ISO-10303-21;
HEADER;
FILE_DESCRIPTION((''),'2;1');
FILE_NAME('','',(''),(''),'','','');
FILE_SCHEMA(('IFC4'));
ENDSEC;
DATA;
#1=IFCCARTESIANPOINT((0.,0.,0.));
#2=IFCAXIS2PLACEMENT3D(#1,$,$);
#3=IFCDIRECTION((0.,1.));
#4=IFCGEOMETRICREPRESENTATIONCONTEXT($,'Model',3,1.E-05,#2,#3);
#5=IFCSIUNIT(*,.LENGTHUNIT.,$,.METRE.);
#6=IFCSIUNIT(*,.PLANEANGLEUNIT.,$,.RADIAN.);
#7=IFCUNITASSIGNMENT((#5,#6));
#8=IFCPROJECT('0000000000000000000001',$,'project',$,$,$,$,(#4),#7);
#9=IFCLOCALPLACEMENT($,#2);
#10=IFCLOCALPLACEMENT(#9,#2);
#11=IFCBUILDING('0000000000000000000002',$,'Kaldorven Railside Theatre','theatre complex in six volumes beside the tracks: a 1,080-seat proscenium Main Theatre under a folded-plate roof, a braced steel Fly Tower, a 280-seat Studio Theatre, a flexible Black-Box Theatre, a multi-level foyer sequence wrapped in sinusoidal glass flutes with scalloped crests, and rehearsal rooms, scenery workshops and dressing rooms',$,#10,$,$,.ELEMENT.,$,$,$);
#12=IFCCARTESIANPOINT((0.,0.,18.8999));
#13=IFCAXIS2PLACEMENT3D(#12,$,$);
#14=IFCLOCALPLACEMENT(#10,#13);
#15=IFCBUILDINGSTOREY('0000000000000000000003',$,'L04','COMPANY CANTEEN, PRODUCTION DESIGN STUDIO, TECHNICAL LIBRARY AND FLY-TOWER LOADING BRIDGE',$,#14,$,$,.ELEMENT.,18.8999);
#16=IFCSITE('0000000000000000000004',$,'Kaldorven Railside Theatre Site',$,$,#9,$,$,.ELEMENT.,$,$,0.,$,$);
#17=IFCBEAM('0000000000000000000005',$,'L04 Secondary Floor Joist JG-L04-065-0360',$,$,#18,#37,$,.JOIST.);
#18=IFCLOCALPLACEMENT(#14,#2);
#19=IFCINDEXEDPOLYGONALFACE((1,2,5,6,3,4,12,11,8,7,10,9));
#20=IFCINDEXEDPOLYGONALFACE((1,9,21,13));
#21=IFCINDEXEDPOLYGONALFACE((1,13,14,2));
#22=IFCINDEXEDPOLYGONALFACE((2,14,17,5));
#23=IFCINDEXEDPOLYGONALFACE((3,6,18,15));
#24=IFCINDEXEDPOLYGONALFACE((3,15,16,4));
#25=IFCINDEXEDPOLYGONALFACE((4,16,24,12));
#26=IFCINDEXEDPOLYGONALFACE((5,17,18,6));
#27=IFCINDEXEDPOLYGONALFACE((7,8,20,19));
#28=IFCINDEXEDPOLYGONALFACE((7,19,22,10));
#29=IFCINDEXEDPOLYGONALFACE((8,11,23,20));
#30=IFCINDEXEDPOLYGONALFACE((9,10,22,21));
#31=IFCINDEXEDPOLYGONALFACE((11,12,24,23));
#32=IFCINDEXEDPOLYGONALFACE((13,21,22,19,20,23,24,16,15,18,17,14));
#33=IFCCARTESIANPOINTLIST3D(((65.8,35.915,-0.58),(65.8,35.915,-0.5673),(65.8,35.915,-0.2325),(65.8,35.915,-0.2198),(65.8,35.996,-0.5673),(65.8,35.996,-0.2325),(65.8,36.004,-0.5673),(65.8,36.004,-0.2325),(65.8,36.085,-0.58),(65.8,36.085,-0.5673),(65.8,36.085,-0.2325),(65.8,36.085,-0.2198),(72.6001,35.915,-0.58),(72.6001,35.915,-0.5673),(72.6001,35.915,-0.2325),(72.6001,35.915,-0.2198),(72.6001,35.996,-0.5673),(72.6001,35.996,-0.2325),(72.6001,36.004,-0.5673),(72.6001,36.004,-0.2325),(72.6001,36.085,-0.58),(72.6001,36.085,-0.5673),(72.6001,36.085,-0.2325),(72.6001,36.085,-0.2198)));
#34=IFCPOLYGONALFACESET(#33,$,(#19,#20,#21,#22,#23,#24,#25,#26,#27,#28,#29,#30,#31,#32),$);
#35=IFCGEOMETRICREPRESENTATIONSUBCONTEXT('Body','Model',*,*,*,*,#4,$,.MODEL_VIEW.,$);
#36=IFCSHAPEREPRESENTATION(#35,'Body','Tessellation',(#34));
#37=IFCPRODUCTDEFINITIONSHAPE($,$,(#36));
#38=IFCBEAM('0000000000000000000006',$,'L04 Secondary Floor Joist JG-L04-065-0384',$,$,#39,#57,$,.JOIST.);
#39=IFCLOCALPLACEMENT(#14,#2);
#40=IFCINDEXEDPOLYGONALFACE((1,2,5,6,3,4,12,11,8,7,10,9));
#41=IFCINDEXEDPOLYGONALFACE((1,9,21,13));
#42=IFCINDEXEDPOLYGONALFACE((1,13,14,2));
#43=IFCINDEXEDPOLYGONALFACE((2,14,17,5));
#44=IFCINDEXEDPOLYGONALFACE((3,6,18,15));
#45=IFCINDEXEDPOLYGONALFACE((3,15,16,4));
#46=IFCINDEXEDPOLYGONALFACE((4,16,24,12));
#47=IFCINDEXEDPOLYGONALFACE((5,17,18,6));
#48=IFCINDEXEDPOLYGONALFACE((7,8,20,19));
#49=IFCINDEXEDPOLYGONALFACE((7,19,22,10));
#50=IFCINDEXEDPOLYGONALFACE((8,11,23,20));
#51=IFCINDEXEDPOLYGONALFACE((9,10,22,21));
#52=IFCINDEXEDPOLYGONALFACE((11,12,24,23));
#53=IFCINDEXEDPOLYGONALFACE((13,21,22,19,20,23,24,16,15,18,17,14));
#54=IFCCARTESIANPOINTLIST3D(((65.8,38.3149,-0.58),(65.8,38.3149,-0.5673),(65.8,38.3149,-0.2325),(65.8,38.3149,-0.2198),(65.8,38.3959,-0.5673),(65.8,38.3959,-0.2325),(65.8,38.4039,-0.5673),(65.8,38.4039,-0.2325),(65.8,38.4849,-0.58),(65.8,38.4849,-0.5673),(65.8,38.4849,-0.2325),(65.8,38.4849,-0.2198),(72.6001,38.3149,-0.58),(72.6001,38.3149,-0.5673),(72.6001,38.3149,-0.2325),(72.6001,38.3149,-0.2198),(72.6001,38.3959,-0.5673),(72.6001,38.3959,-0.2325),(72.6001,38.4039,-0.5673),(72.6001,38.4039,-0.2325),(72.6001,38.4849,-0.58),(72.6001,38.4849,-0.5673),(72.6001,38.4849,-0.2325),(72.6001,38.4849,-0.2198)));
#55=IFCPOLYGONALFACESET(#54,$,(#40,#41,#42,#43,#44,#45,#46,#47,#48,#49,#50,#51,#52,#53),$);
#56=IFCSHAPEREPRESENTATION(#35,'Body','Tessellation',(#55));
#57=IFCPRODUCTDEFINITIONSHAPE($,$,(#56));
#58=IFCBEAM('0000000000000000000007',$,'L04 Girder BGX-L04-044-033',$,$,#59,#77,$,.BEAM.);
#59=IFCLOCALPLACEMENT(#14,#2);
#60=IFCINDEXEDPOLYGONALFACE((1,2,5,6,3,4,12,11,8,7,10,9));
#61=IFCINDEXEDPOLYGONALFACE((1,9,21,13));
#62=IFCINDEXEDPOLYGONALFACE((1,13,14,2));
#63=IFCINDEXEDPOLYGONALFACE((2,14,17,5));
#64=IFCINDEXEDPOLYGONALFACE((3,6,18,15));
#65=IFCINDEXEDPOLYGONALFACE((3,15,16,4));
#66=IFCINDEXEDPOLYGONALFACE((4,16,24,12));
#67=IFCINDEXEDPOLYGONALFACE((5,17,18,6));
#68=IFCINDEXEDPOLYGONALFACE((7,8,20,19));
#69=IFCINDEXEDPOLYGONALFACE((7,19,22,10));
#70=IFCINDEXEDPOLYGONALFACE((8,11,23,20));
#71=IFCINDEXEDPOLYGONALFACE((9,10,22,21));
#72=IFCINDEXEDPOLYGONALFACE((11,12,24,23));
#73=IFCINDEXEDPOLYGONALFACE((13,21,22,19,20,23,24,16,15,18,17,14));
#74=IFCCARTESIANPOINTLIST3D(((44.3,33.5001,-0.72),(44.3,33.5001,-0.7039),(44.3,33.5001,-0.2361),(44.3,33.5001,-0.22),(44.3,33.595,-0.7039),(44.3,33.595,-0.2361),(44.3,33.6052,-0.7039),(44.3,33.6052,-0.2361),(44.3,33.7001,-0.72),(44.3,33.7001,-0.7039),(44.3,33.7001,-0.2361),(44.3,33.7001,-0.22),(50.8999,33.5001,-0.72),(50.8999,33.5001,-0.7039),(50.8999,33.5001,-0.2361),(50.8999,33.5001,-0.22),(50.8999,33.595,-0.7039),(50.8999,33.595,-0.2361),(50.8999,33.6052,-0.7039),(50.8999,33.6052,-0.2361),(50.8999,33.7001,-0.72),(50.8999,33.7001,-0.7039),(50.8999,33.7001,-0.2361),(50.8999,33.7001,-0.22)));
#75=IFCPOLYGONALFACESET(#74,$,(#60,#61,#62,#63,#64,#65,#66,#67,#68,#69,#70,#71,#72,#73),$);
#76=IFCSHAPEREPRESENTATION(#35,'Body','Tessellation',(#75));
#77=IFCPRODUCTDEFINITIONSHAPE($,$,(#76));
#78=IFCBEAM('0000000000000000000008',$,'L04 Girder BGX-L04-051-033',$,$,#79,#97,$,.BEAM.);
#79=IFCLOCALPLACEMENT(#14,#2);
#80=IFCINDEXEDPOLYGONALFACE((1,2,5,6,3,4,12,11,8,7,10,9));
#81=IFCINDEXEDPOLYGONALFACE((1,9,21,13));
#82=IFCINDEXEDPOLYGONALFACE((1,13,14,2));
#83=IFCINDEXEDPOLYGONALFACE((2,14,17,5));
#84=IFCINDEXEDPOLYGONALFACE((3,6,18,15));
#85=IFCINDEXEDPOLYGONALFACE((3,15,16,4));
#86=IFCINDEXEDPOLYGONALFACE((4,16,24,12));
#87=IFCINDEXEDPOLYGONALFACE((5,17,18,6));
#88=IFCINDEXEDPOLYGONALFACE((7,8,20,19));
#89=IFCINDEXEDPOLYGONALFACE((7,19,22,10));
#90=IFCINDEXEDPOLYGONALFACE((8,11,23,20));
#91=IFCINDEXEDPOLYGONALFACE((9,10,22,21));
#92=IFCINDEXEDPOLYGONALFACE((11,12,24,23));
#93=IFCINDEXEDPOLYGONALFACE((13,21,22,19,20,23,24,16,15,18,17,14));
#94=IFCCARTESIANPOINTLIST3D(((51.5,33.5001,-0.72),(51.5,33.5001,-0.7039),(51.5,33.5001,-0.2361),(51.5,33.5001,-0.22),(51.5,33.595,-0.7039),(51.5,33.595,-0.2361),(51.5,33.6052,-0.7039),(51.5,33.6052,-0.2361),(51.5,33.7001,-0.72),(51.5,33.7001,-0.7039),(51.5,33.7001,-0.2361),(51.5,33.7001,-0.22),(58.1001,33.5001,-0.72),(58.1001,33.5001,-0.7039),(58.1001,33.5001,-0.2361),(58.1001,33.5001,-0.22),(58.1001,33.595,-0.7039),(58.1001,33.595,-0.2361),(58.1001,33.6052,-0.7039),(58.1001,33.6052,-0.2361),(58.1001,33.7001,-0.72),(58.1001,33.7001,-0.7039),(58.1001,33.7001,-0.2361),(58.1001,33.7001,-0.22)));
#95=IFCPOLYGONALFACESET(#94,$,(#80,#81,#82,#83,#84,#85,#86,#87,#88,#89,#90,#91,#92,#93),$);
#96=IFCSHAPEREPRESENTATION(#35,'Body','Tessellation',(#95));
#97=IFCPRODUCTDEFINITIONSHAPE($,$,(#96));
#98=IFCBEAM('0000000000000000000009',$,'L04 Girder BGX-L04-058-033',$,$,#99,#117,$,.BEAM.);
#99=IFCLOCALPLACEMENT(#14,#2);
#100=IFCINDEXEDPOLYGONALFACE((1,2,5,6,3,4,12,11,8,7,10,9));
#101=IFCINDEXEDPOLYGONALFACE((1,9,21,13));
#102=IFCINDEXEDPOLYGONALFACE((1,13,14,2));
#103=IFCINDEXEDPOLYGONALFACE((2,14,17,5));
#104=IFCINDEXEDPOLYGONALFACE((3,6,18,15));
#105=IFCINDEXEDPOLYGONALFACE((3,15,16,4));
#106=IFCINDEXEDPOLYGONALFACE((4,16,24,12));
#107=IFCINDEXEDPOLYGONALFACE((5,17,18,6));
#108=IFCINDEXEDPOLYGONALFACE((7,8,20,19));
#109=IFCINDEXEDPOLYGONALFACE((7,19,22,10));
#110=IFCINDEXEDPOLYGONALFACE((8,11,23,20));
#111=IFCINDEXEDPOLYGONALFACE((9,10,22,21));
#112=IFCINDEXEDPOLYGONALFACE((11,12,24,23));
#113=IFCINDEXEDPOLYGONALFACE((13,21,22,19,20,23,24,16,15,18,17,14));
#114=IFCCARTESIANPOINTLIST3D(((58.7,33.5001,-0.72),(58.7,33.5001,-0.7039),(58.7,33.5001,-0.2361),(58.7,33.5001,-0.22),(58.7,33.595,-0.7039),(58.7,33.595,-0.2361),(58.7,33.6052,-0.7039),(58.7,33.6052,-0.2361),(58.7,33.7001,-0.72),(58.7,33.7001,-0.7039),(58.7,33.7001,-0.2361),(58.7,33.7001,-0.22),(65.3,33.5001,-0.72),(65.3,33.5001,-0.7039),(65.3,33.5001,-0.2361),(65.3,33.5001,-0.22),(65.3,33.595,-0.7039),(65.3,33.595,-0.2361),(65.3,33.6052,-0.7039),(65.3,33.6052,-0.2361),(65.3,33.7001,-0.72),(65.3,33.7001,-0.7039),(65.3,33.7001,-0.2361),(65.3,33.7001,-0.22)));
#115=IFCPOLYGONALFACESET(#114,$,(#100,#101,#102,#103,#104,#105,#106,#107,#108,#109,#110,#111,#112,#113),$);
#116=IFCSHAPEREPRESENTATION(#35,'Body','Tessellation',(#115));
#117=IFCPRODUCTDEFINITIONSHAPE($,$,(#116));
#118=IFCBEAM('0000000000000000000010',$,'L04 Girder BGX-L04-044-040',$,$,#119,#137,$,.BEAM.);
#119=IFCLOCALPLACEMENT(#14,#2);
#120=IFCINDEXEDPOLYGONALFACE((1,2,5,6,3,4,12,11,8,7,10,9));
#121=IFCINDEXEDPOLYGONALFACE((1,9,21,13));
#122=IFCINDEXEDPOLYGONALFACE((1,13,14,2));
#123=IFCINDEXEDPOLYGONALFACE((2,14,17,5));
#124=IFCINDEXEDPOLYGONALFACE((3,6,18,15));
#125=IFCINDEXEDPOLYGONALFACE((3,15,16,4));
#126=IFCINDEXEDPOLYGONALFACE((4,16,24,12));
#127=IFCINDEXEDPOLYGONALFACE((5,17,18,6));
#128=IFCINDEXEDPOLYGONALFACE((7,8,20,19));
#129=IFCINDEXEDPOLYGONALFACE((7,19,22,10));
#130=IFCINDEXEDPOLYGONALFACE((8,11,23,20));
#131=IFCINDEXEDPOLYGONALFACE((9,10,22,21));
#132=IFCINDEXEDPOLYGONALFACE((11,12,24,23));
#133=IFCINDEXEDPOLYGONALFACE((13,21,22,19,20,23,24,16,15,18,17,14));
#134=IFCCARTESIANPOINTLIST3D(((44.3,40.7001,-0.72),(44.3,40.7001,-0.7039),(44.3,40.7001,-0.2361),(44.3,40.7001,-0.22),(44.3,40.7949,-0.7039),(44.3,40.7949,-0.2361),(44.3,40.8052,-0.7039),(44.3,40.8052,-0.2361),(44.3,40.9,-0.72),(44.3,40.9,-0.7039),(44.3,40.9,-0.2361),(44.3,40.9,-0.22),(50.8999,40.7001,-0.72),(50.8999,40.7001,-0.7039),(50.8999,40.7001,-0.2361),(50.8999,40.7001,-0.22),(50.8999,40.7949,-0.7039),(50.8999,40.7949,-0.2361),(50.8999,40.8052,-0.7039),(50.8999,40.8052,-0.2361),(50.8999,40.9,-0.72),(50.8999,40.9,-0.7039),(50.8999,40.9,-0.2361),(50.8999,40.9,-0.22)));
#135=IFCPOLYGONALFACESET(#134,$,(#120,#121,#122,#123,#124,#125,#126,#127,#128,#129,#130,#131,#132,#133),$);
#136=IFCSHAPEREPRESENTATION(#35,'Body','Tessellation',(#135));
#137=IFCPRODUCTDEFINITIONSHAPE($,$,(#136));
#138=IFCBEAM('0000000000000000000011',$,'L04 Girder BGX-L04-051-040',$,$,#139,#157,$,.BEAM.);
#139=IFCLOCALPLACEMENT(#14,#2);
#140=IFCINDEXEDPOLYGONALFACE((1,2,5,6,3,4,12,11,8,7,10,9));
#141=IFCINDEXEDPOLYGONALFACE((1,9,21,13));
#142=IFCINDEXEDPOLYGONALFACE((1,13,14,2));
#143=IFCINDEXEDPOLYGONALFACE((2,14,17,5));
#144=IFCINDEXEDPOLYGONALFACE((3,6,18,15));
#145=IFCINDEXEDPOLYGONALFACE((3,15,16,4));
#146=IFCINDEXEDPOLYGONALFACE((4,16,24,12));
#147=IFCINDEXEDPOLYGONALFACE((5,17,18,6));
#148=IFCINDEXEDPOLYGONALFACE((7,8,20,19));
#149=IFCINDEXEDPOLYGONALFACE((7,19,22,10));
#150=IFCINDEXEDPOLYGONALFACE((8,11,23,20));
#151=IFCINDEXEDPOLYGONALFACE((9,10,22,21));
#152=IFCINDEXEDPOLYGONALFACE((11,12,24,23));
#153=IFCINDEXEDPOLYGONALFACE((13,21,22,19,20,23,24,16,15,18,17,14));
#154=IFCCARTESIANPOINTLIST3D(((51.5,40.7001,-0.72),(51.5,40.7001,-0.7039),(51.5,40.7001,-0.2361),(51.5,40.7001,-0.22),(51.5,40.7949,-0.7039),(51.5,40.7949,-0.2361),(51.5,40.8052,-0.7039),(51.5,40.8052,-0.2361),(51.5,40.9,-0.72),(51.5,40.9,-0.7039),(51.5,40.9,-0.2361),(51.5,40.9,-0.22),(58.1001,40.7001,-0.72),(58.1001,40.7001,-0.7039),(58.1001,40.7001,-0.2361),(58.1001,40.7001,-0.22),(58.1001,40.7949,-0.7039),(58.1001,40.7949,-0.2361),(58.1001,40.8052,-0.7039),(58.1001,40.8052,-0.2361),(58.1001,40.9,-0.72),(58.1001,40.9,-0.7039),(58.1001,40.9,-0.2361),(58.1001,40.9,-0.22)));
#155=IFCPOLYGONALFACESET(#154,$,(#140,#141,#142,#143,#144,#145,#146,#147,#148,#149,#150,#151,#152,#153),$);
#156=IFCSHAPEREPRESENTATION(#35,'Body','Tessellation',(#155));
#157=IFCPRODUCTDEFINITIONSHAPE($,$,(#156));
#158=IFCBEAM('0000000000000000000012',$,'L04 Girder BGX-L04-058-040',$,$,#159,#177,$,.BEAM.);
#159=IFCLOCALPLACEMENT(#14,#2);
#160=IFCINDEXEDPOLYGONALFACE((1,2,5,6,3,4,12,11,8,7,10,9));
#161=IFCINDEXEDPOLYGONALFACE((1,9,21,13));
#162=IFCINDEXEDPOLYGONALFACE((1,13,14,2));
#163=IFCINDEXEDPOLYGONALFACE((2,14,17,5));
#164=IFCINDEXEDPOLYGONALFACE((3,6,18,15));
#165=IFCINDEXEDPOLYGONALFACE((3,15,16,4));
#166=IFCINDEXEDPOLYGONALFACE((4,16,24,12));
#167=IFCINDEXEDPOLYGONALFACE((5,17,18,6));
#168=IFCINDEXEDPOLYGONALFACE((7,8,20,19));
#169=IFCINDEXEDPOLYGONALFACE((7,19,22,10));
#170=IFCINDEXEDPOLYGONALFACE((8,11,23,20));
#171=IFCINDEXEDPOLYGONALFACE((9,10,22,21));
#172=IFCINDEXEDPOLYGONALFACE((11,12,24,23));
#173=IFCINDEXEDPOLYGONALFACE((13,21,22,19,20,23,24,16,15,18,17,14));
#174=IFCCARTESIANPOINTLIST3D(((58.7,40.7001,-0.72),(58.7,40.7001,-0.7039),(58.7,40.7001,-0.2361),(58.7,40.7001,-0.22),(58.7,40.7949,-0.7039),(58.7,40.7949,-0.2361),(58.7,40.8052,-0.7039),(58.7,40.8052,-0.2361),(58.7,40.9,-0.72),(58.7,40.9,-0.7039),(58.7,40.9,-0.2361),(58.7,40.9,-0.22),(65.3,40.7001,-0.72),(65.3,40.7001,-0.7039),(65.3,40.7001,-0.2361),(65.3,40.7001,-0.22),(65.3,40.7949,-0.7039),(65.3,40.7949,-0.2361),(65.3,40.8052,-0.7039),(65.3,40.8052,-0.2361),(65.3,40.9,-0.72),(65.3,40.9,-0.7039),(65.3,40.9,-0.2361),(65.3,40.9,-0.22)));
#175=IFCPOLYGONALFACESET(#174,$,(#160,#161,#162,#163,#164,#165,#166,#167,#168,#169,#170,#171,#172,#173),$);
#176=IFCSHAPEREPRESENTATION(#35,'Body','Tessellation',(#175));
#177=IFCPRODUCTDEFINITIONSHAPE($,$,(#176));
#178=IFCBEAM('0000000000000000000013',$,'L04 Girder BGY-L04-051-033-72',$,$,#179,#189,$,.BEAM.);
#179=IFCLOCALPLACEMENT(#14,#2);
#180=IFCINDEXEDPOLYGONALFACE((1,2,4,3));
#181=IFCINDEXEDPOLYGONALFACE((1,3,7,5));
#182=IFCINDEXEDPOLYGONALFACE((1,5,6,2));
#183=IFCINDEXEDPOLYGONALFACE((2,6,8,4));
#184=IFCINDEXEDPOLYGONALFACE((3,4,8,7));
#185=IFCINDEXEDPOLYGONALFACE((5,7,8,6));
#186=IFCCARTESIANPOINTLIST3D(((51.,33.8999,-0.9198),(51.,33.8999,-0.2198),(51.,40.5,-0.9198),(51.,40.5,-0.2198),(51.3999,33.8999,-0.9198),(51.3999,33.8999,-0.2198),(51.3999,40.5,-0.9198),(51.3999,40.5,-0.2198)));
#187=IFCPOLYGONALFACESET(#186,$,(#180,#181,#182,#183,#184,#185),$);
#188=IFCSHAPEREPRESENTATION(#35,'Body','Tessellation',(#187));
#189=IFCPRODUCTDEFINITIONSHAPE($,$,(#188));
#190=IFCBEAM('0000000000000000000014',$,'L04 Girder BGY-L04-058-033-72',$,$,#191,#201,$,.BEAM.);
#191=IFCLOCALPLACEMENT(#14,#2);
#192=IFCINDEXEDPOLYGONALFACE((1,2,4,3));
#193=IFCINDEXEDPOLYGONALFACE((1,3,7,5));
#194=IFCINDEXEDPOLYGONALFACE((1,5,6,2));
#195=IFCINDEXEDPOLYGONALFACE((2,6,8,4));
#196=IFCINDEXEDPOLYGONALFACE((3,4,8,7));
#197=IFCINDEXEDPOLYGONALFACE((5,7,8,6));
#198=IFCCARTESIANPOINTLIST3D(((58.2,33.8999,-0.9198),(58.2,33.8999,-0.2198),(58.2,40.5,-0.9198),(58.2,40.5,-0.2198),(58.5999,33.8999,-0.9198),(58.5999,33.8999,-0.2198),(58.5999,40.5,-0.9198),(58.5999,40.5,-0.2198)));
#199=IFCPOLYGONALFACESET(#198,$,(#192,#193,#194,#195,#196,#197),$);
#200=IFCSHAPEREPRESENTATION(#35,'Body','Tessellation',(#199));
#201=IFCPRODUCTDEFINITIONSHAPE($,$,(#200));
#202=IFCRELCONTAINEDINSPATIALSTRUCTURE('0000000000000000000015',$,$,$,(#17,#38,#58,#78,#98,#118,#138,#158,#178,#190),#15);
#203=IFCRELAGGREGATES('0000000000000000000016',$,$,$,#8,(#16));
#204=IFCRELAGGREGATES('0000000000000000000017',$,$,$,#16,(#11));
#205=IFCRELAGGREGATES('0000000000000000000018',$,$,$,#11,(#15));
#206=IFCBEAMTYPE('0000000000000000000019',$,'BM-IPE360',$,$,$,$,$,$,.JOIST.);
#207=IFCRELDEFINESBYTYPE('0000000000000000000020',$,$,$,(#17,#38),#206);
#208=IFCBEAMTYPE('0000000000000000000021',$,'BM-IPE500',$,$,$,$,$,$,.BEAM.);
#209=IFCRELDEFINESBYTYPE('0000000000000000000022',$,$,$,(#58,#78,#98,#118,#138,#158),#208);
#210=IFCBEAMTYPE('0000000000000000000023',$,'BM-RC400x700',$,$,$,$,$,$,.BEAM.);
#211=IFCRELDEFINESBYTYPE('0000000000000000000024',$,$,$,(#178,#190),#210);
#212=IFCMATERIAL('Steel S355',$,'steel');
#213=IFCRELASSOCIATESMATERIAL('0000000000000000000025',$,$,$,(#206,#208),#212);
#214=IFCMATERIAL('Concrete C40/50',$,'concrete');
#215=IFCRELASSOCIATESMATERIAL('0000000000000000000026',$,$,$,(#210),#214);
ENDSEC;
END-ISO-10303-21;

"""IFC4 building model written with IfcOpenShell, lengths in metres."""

from ifc_helpers import new_model, si_unit, direction, frame, origin, origin_2d, place, context, subcontext, project, spatial, rectangle, i_section, extrude, material, material_profile, profile_set, type_object, element, save


model = new_model("IFC4")

# Units and contexts
model_context = context("Model", 3, precision=1e-05, world=origin(), true_north=direction((0.0, 1.0)))
body_context = subcontext(model_context, "Body", "Model", "MODEL_VIEW")
ifc_project = project(units=[si_unit("LENGTHUNIT", "METRE"), si_unit("PLANEANGLEUNIT", "RADIAN")], contexts=[model_context])

# Site, building, storey
site_placement = place(None, origin())
site = spatial("IfcSite", under=ifc_project, at=site_placement, Name="Kaldorven Railside Theatre Site", CompositionType="ELEMENT", RefElevation=0.0)
building_placement = place(site_placement, origin())
building = spatial("IfcBuilding", under=site, at=building_placement, Name="Kaldorven Railside Theatre", Description="theatre complex in six volumes beside the tracks: a 1,080-seat proscenium Main Theatre under a folded-plate roof, a braced steel Fly Tower, a 280-seat Studio Theatre, a flexible Black-Box Theatre, a multi-level foyer sequence wrapped in sinusoidal glass flutes with scalloped crests, and rehearsal rooms, scenery workshops and dressing rooms", CompositionType="ELEMENT")
storey_placement = place(building_placement, frame((0.0, 0.0, 18.8999)))
storey = spatial("IfcBuildingStorey", under=building, at=storey_placement, Name="L04", Description="COMPANY CANTEEN, PRODUCTION DESIGN STUDIO, TECHNICAL LIBRARY AND FLY-TOWER LOADING BRIDGE", CompositionType="ELEMENT", Elevation=18.8999)

# Beams
ifc_material_1 = material(Name="Steel S355", Category="steel")
ifc_material_profile_1 = material_profile(ifc_material_1, i_section(OverallWidth=0.1699, OverallDepth=0.3601, WebThickness=0.0081, FlangeThickness=0.0127, at=origin_2d()), Name="IPE 360")
ifc_profile_set_1 = profile_set([ifc_material_profile_1], Name="Steel S355")
beam_type_1 = type_object("IfcBeamType", Name="BM-IPE360", PredefinedType="JOIST", material=ifc_profile_set_1)
for number, where, z_axis, x_axis, name in (
    (1, (65.8, 36.0, -0.3999), (1.0, 0.0, 0.0), (0.0, 1.0, 0.0), "L04 Secondary Floor Joist JG-L04-065-0360"),
    (2, (65.8, 38.3999, -0.3999), (1.0, 0.0, 0.0), (0.0, 1.0, 0.0), "L04 Secondary Floor Joist JG-L04-065-0384"),
):
    element("IfcBeam", number, at=place(storey_placement, frame(where, z_axis=z_axis, x_axis=x_axis)), inside=storey, type_object=beam_type_1, Name=name, PredefinedType="JOIST", context=body_context, shape_type="SweptSolid", body=[
        extrude(i_section(OverallWidth=0.1699, OverallDepth=0.3601, WebThickness=0.0081, FlangeThickness=0.0127, at=origin_2d()), origin(), (0.0, 0.0, 1.0), 6.8),
    ])
ifc_material_profile_2 = material_profile(ifc_material_1, i_section(OverallWidth=0.2, OverallDepth=0.5, WebThickness=0.0103, FlangeThickness=0.0161, at=origin_2d()), Name="IPE 500")
ifc_profile_set_2 = profile_set([ifc_material_profile_2], Name="Steel S355")
beam_type_2 = type_object("IfcBeamType", Name="BM-IPE500", PredefinedType="BEAM", material=ifc_profile_set_2)
beam_1_placement = place(storey_placement, frame((44.3, 33.6001, -0.47), z_axis=(1.0, 0.0, 0.0), x_axis=(0.0, 1.0, 0.0)))
element("IfcBeam", 3, at=beam_1_placement, inside=storey, type_object=beam_type_2, Name="L04 Girder BGX-L04-044-033", PredefinedType="BEAM", context=body_context, shape_type="SweptSolid", body=[
    extrude(i_section(OverallWidth=0.2, OverallDepth=0.5, WebThickness=0.0103, FlangeThickness=0.0161, at=origin_2d()), origin(), (0.0, 0.0, 1.0), 6.5999),
])
for number, where, z_axis, x_axis, name in (
    (4, (51.5, 33.6001, -0.47), (1.0, 0.0, 0.0), (0.0, 1.0, 0.0), "L04 Girder BGX-L04-051-033"),
    (5, (58.7, 33.6001, -0.47), (1.0, 0.0, 0.0), (0.0, 1.0, 0.0), "L04 Girder BGX-L04-058-033"),
):
    element("IfcBeam", number, at=place(storey_placement, frame(where, z_axis=z_axis, x_axis=x_axis)), inside=storey, type_object=beam_type_2, Name=name, PredefinedType="BEAM", context=body_context, shape_type="SweptSolid", body=[
        extrude(i_section(OverallWidth=0.2, OverallDepth=0.5, WebThickness=0.0103, FlangeThickness=0.0161, at=origin_2d()), origin(), (0.0, 0.0, 1.0), 6.6001),
    ])
beam_2_placement = place(storey_placement, frame((44.3, 40.8, -0.47), z_axis=(1.0, 0.0, 0.0), x_axis=(0.0, 1.0, 0.0)))
element("IfcBeam", 6, at=beam_2_placement, inside=storey, type_object=beam_type_2, Name="L04 Girder BGX-L04-044-040", PredefinedType="BEAM", context=body_context, shape_type="SweptSolid", body=[
    extrude(i_section(OverallWidth=0.2, OverallDepth=0.5, WebThickness=0.0103, FlangeThickness=0.0161, at=origin_2d()), origin(), (0.0, 0.0, 1.0), 6.5999),
])
for number, where, z_axis, x_axis, name in (
    (7, (51.5, 40.8, -0.47), (1.0, 0.0, 0.0), (0.0, 1.0, 0.0), "L04 Girder BGX-L04-051-040"),
    (8, (58.7, 40.8, -0.47), (1.0, 0.0, 0.0), (0.0, 1.0, 0.0), "L04 Girder BGX-L04-058-040"),
):
    element("IfcBeam", number, at=place(storey_placement, frame(where, z_axis=z_axis, x_axis=x_axis)), inside=storey, type_object=beam_type_2, Name=name, PredefinedType="BEAM", context=body_context, shape_type="SweptSolid", body=[
        extrude(i_section(OverallWidth=0.2, OverallDepth=0.5, WebThickness=0.0103, FlangeThickness=0.0161, at=origin_2d()), origin(), (0.0, 0.0, 1.0), 6.6001),
    ])
ifc_material_2 = material(Name="Concrete C40/50", Category="concrete")
ifc_material_profile_3 = material_profile(ifc_material_2, rectangle(XDim=0.3999, YDim=0.7, at=origin_2d()), Name="RC 400x700")
ifc_profile_set_3 = profile_set([ifc_material_profile_3], Name="Concrete C40/50")
beam_type_3 = type_object("IfcBeamType", Name="BM-RC400x700", PredefinedType="BEAM", material=ifc_profile_set_3)
for number, where, z_axis, x_axis, name in (
    (9, (51.2, 33.8999, -0.5698), (0.0, 1.0, 0.0), (-1.0, 0.0, 0.0), "L04 Girder BGY-L04-051-033-72"),
    (10, (58.3999, 33.8999, -0.5698), (0.0, 1.0, 0.0), (-1.0, 0.0, 0.0), "L04 Girder BGY-L04-058-033-72"),
):
    element("IfcBeam", number, at=place(storey_placement, frame(where, z_axis=z_axis, x_axis=x_axis)), inside=storey, type_object=beam_type_3, Name=name, PredefinedType="BEAM", context=body_context, shape_type="SweptSolid", body=[
        extrude(rectangle(XDim=0.3999, YDim=0.7, at=origin_2d()), origin(), (0.0, 0.0, 1.0), 6.6001),
    ])

save(model, "model.ifc")
